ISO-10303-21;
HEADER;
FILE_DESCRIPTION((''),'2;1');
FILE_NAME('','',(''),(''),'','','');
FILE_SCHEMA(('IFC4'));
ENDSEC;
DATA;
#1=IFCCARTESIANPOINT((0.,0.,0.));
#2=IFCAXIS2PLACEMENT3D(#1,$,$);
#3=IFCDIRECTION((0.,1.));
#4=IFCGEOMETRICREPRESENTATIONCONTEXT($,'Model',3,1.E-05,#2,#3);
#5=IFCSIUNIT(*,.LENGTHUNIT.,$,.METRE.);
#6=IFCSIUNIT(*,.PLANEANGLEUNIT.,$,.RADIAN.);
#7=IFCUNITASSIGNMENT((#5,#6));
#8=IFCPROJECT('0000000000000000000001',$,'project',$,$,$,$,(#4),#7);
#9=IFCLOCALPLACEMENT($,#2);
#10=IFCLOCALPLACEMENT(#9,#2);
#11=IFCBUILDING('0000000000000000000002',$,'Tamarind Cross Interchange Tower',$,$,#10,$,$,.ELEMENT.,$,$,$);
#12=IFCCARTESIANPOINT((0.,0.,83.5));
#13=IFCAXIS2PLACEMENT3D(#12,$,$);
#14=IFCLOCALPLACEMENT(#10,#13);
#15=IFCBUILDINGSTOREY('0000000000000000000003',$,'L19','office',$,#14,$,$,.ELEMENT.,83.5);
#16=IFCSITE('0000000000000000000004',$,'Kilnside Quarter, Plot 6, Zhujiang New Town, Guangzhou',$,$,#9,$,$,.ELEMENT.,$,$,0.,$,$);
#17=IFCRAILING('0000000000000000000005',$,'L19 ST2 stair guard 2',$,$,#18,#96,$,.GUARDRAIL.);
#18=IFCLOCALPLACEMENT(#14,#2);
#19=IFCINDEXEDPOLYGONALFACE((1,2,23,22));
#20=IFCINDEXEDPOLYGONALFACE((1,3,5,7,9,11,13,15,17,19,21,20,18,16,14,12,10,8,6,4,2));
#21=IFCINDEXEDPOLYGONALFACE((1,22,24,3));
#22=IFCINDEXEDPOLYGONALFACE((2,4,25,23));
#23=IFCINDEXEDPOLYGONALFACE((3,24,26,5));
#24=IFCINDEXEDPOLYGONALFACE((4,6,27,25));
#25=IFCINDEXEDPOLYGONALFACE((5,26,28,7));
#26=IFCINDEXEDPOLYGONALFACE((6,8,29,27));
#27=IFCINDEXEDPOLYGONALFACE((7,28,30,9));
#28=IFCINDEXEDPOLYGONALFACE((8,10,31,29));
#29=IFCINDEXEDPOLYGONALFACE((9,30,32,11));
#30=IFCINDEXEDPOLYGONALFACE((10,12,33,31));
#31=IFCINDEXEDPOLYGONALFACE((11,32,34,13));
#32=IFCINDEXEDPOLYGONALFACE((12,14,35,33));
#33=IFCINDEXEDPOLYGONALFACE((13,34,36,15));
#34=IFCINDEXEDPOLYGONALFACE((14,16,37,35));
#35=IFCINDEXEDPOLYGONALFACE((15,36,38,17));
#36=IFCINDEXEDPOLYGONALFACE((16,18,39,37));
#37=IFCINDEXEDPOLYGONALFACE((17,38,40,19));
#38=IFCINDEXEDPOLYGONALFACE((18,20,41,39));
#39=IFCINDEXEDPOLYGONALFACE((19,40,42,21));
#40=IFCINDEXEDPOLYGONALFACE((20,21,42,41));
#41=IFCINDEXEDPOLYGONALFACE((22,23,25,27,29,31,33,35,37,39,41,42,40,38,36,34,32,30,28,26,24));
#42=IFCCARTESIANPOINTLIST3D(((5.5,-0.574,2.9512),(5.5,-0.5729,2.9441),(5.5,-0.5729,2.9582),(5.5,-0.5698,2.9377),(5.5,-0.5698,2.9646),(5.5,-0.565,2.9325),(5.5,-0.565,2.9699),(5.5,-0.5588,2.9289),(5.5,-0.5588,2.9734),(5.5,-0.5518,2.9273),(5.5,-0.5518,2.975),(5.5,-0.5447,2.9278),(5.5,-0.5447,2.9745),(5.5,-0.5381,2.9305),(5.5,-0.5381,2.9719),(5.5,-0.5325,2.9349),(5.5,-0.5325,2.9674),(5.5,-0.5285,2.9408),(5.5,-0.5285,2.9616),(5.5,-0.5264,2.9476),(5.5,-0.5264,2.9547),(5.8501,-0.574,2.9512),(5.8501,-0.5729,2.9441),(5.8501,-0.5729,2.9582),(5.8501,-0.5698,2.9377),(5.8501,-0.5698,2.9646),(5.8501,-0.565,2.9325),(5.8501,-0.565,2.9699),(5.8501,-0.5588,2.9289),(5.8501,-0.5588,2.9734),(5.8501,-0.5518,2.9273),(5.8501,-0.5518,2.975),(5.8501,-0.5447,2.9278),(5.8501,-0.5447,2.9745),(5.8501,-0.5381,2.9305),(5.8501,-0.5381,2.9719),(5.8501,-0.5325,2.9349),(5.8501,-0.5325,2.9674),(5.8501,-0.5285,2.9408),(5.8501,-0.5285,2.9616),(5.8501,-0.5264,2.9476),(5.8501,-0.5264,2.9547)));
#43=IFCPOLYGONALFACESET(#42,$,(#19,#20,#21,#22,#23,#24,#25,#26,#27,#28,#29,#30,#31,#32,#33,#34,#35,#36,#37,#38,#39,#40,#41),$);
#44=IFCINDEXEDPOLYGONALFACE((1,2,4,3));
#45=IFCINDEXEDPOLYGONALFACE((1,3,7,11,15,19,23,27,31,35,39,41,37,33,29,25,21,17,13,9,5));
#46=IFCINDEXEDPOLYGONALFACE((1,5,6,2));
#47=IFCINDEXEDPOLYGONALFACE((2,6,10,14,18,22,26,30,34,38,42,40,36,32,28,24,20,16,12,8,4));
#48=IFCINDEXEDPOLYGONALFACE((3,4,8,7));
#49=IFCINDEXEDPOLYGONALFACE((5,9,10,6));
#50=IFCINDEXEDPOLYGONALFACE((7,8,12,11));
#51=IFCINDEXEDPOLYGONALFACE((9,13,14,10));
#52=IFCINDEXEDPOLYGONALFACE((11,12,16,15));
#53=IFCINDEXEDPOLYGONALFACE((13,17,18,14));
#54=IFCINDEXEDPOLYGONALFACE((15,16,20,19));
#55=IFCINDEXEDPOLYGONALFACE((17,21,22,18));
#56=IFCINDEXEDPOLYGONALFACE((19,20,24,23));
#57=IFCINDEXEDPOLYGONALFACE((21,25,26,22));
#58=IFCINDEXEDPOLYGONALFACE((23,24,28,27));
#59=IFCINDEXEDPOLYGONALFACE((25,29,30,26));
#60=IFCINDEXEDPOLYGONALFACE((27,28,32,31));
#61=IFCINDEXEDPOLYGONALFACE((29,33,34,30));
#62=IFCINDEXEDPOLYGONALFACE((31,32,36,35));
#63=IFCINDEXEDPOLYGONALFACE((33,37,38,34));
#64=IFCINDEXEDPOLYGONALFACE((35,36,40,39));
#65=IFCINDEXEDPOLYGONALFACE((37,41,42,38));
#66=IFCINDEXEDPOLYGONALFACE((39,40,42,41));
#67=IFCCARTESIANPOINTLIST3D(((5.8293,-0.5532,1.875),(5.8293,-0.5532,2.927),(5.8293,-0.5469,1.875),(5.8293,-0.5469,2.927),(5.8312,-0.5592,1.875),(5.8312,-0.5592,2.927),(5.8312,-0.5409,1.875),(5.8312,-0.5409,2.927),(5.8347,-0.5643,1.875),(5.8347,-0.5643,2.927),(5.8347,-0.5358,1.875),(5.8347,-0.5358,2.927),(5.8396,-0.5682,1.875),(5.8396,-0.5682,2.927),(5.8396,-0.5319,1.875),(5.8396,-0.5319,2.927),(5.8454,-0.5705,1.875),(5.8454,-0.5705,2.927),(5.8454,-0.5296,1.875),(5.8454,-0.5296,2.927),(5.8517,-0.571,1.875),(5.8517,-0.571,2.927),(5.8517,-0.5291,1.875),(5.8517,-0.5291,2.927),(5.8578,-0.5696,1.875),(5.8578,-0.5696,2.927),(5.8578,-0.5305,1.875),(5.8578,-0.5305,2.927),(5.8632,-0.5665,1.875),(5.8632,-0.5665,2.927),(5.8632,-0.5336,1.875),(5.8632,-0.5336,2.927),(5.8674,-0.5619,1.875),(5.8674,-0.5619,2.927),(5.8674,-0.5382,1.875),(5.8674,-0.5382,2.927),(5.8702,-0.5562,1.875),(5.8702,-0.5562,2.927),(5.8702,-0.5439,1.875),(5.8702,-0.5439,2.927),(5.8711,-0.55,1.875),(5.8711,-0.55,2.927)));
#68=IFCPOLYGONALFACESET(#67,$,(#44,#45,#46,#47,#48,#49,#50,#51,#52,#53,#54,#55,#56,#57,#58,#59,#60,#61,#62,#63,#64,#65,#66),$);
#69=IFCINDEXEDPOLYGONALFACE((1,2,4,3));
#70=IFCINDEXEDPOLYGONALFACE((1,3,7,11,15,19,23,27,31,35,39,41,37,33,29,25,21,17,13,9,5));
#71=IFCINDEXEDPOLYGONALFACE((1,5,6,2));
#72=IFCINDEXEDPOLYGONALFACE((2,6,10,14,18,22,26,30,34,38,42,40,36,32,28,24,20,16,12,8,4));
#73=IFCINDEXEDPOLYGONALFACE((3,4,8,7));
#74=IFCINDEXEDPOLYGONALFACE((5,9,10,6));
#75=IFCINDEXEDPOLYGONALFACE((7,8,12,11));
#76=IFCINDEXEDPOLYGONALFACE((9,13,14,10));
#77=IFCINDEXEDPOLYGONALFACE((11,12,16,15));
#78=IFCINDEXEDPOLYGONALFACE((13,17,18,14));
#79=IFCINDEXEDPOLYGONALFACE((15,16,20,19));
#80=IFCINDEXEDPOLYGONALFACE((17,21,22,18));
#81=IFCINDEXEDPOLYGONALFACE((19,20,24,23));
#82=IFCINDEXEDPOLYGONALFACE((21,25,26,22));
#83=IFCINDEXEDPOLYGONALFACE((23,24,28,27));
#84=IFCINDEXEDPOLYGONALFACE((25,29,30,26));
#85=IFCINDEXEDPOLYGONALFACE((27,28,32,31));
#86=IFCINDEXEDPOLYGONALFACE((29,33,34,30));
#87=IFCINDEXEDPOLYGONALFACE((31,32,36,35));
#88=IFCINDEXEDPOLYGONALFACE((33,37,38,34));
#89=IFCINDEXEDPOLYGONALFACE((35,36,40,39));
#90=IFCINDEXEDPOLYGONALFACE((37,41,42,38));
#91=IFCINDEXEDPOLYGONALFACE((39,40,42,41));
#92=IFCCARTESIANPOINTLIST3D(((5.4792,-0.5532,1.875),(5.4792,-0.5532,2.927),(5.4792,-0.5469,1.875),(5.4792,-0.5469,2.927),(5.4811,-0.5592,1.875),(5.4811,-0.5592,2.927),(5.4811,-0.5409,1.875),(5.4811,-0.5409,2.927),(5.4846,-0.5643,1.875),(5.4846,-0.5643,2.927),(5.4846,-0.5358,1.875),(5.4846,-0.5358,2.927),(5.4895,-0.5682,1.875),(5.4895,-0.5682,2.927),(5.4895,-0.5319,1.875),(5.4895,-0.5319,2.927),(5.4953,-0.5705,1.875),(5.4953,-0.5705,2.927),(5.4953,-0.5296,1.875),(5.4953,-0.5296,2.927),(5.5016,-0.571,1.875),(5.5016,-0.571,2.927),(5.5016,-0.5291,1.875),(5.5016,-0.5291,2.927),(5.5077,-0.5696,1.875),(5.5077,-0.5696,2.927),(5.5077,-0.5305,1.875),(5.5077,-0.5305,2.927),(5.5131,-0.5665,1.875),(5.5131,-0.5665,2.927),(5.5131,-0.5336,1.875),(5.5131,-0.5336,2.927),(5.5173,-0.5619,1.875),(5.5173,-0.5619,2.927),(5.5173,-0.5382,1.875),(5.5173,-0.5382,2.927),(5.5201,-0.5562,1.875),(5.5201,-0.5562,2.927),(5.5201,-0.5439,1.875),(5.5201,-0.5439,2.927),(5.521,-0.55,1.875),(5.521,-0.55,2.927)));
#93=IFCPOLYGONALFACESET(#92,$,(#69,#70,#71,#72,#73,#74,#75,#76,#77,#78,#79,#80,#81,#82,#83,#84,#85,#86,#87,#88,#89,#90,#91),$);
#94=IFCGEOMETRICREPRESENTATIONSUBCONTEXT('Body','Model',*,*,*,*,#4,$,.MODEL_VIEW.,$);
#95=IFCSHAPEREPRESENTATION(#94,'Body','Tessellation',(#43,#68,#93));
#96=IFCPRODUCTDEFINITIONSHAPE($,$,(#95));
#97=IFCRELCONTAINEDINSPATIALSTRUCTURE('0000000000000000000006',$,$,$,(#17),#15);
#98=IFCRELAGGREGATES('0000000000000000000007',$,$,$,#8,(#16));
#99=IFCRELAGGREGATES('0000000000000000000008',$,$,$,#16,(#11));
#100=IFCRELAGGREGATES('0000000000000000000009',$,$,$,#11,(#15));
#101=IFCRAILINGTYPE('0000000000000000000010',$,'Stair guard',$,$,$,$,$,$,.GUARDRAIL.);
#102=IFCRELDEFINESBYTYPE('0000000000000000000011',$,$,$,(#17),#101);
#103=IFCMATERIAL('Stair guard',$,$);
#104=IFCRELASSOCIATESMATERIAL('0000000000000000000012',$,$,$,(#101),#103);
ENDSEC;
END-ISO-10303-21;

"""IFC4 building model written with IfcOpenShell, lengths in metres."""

from ifc_helpers import new_model, si_unit, direction, frame, origin, origin_2d, place, context, subcontext, project, spatial, circle, extrude, material, type_object, element, save


model = new_model("IFC4")

# Units and contexts
model_context = context("Model", 3, precision=1e-05, world=origin(), true_north=direction((0.0, 1.0)))
body_context = subcontext(model_context, "Body", "Model", "MODEL_VIEW")
ifc_project = project(units=[si_unit("LENGTHUNIT", "METRE"), si_unit("PLANEANGLEUNIT", "RADIAN")], contexts=[model_context])

# Site, building, storey
site_placement = place(None, origin())
site = spatial("IfcSite", under=ifc_project, at=site_placement, Name="Kilnside Quarter, Plot 6, Zhujiang New Town, Guangzhou", CompositionType="ELEMENT", RefElevation=0.0)
building_placement = place(site_placement, origin())
building = spatial("IfcBuilding", under=site, at=building_placement, Name="Tamarind Cross Interchange Tower", CompositionType="ELEMENT")
storey_placement = place(building_placement, frame((0.0, 0.0, 83.5)))
storey = spatial("IfcBuildingStorey", under=building, at=storey_placement, Name="L19", Description="office", CompositionType="ELEMENT", Elevation=83.5)

# Railing
ifc_material_1 = material(Name="Stair guard")
railing_type_1 = type_object("IfcRailingType", Name="Stair guard", PredefinedType="GUARDRAIL", material=ifc_material_1)
railing_1_placement = place(storey_placement, frame((5.8501, -0.55, 1.875)))
element("IfcRailing", 1, at=railing_1_placement, inside=storey, type_object=railing_type_1, Name="L19 ST2 stair guard 2", PredefinedType="GUARDRAIL", context=body_context, shape_type="SweptSolid", body=[
    extrude(circle(Radius=0.0239, at=origin_2d()), frame((0.0, 0.0, 1.0762), z_axis=(-1.0, 0.0, 0.0), x_axis=(0.0, -1.0, 0.0)), (0.0, 0.0, 1.0), 0.3501),
    extrude(circle(Radius=0.021, at=origin_2d()), origin(), (0.0, 0.0, 1.0), 1.052),
    extrude(circle(Radius=0.021, at=origin_2d()), frame((-0.3501, 0.0, 0.0)), (0.0, 0.0, 1.0), 1.052),
])

save(model, "model.ifc")
